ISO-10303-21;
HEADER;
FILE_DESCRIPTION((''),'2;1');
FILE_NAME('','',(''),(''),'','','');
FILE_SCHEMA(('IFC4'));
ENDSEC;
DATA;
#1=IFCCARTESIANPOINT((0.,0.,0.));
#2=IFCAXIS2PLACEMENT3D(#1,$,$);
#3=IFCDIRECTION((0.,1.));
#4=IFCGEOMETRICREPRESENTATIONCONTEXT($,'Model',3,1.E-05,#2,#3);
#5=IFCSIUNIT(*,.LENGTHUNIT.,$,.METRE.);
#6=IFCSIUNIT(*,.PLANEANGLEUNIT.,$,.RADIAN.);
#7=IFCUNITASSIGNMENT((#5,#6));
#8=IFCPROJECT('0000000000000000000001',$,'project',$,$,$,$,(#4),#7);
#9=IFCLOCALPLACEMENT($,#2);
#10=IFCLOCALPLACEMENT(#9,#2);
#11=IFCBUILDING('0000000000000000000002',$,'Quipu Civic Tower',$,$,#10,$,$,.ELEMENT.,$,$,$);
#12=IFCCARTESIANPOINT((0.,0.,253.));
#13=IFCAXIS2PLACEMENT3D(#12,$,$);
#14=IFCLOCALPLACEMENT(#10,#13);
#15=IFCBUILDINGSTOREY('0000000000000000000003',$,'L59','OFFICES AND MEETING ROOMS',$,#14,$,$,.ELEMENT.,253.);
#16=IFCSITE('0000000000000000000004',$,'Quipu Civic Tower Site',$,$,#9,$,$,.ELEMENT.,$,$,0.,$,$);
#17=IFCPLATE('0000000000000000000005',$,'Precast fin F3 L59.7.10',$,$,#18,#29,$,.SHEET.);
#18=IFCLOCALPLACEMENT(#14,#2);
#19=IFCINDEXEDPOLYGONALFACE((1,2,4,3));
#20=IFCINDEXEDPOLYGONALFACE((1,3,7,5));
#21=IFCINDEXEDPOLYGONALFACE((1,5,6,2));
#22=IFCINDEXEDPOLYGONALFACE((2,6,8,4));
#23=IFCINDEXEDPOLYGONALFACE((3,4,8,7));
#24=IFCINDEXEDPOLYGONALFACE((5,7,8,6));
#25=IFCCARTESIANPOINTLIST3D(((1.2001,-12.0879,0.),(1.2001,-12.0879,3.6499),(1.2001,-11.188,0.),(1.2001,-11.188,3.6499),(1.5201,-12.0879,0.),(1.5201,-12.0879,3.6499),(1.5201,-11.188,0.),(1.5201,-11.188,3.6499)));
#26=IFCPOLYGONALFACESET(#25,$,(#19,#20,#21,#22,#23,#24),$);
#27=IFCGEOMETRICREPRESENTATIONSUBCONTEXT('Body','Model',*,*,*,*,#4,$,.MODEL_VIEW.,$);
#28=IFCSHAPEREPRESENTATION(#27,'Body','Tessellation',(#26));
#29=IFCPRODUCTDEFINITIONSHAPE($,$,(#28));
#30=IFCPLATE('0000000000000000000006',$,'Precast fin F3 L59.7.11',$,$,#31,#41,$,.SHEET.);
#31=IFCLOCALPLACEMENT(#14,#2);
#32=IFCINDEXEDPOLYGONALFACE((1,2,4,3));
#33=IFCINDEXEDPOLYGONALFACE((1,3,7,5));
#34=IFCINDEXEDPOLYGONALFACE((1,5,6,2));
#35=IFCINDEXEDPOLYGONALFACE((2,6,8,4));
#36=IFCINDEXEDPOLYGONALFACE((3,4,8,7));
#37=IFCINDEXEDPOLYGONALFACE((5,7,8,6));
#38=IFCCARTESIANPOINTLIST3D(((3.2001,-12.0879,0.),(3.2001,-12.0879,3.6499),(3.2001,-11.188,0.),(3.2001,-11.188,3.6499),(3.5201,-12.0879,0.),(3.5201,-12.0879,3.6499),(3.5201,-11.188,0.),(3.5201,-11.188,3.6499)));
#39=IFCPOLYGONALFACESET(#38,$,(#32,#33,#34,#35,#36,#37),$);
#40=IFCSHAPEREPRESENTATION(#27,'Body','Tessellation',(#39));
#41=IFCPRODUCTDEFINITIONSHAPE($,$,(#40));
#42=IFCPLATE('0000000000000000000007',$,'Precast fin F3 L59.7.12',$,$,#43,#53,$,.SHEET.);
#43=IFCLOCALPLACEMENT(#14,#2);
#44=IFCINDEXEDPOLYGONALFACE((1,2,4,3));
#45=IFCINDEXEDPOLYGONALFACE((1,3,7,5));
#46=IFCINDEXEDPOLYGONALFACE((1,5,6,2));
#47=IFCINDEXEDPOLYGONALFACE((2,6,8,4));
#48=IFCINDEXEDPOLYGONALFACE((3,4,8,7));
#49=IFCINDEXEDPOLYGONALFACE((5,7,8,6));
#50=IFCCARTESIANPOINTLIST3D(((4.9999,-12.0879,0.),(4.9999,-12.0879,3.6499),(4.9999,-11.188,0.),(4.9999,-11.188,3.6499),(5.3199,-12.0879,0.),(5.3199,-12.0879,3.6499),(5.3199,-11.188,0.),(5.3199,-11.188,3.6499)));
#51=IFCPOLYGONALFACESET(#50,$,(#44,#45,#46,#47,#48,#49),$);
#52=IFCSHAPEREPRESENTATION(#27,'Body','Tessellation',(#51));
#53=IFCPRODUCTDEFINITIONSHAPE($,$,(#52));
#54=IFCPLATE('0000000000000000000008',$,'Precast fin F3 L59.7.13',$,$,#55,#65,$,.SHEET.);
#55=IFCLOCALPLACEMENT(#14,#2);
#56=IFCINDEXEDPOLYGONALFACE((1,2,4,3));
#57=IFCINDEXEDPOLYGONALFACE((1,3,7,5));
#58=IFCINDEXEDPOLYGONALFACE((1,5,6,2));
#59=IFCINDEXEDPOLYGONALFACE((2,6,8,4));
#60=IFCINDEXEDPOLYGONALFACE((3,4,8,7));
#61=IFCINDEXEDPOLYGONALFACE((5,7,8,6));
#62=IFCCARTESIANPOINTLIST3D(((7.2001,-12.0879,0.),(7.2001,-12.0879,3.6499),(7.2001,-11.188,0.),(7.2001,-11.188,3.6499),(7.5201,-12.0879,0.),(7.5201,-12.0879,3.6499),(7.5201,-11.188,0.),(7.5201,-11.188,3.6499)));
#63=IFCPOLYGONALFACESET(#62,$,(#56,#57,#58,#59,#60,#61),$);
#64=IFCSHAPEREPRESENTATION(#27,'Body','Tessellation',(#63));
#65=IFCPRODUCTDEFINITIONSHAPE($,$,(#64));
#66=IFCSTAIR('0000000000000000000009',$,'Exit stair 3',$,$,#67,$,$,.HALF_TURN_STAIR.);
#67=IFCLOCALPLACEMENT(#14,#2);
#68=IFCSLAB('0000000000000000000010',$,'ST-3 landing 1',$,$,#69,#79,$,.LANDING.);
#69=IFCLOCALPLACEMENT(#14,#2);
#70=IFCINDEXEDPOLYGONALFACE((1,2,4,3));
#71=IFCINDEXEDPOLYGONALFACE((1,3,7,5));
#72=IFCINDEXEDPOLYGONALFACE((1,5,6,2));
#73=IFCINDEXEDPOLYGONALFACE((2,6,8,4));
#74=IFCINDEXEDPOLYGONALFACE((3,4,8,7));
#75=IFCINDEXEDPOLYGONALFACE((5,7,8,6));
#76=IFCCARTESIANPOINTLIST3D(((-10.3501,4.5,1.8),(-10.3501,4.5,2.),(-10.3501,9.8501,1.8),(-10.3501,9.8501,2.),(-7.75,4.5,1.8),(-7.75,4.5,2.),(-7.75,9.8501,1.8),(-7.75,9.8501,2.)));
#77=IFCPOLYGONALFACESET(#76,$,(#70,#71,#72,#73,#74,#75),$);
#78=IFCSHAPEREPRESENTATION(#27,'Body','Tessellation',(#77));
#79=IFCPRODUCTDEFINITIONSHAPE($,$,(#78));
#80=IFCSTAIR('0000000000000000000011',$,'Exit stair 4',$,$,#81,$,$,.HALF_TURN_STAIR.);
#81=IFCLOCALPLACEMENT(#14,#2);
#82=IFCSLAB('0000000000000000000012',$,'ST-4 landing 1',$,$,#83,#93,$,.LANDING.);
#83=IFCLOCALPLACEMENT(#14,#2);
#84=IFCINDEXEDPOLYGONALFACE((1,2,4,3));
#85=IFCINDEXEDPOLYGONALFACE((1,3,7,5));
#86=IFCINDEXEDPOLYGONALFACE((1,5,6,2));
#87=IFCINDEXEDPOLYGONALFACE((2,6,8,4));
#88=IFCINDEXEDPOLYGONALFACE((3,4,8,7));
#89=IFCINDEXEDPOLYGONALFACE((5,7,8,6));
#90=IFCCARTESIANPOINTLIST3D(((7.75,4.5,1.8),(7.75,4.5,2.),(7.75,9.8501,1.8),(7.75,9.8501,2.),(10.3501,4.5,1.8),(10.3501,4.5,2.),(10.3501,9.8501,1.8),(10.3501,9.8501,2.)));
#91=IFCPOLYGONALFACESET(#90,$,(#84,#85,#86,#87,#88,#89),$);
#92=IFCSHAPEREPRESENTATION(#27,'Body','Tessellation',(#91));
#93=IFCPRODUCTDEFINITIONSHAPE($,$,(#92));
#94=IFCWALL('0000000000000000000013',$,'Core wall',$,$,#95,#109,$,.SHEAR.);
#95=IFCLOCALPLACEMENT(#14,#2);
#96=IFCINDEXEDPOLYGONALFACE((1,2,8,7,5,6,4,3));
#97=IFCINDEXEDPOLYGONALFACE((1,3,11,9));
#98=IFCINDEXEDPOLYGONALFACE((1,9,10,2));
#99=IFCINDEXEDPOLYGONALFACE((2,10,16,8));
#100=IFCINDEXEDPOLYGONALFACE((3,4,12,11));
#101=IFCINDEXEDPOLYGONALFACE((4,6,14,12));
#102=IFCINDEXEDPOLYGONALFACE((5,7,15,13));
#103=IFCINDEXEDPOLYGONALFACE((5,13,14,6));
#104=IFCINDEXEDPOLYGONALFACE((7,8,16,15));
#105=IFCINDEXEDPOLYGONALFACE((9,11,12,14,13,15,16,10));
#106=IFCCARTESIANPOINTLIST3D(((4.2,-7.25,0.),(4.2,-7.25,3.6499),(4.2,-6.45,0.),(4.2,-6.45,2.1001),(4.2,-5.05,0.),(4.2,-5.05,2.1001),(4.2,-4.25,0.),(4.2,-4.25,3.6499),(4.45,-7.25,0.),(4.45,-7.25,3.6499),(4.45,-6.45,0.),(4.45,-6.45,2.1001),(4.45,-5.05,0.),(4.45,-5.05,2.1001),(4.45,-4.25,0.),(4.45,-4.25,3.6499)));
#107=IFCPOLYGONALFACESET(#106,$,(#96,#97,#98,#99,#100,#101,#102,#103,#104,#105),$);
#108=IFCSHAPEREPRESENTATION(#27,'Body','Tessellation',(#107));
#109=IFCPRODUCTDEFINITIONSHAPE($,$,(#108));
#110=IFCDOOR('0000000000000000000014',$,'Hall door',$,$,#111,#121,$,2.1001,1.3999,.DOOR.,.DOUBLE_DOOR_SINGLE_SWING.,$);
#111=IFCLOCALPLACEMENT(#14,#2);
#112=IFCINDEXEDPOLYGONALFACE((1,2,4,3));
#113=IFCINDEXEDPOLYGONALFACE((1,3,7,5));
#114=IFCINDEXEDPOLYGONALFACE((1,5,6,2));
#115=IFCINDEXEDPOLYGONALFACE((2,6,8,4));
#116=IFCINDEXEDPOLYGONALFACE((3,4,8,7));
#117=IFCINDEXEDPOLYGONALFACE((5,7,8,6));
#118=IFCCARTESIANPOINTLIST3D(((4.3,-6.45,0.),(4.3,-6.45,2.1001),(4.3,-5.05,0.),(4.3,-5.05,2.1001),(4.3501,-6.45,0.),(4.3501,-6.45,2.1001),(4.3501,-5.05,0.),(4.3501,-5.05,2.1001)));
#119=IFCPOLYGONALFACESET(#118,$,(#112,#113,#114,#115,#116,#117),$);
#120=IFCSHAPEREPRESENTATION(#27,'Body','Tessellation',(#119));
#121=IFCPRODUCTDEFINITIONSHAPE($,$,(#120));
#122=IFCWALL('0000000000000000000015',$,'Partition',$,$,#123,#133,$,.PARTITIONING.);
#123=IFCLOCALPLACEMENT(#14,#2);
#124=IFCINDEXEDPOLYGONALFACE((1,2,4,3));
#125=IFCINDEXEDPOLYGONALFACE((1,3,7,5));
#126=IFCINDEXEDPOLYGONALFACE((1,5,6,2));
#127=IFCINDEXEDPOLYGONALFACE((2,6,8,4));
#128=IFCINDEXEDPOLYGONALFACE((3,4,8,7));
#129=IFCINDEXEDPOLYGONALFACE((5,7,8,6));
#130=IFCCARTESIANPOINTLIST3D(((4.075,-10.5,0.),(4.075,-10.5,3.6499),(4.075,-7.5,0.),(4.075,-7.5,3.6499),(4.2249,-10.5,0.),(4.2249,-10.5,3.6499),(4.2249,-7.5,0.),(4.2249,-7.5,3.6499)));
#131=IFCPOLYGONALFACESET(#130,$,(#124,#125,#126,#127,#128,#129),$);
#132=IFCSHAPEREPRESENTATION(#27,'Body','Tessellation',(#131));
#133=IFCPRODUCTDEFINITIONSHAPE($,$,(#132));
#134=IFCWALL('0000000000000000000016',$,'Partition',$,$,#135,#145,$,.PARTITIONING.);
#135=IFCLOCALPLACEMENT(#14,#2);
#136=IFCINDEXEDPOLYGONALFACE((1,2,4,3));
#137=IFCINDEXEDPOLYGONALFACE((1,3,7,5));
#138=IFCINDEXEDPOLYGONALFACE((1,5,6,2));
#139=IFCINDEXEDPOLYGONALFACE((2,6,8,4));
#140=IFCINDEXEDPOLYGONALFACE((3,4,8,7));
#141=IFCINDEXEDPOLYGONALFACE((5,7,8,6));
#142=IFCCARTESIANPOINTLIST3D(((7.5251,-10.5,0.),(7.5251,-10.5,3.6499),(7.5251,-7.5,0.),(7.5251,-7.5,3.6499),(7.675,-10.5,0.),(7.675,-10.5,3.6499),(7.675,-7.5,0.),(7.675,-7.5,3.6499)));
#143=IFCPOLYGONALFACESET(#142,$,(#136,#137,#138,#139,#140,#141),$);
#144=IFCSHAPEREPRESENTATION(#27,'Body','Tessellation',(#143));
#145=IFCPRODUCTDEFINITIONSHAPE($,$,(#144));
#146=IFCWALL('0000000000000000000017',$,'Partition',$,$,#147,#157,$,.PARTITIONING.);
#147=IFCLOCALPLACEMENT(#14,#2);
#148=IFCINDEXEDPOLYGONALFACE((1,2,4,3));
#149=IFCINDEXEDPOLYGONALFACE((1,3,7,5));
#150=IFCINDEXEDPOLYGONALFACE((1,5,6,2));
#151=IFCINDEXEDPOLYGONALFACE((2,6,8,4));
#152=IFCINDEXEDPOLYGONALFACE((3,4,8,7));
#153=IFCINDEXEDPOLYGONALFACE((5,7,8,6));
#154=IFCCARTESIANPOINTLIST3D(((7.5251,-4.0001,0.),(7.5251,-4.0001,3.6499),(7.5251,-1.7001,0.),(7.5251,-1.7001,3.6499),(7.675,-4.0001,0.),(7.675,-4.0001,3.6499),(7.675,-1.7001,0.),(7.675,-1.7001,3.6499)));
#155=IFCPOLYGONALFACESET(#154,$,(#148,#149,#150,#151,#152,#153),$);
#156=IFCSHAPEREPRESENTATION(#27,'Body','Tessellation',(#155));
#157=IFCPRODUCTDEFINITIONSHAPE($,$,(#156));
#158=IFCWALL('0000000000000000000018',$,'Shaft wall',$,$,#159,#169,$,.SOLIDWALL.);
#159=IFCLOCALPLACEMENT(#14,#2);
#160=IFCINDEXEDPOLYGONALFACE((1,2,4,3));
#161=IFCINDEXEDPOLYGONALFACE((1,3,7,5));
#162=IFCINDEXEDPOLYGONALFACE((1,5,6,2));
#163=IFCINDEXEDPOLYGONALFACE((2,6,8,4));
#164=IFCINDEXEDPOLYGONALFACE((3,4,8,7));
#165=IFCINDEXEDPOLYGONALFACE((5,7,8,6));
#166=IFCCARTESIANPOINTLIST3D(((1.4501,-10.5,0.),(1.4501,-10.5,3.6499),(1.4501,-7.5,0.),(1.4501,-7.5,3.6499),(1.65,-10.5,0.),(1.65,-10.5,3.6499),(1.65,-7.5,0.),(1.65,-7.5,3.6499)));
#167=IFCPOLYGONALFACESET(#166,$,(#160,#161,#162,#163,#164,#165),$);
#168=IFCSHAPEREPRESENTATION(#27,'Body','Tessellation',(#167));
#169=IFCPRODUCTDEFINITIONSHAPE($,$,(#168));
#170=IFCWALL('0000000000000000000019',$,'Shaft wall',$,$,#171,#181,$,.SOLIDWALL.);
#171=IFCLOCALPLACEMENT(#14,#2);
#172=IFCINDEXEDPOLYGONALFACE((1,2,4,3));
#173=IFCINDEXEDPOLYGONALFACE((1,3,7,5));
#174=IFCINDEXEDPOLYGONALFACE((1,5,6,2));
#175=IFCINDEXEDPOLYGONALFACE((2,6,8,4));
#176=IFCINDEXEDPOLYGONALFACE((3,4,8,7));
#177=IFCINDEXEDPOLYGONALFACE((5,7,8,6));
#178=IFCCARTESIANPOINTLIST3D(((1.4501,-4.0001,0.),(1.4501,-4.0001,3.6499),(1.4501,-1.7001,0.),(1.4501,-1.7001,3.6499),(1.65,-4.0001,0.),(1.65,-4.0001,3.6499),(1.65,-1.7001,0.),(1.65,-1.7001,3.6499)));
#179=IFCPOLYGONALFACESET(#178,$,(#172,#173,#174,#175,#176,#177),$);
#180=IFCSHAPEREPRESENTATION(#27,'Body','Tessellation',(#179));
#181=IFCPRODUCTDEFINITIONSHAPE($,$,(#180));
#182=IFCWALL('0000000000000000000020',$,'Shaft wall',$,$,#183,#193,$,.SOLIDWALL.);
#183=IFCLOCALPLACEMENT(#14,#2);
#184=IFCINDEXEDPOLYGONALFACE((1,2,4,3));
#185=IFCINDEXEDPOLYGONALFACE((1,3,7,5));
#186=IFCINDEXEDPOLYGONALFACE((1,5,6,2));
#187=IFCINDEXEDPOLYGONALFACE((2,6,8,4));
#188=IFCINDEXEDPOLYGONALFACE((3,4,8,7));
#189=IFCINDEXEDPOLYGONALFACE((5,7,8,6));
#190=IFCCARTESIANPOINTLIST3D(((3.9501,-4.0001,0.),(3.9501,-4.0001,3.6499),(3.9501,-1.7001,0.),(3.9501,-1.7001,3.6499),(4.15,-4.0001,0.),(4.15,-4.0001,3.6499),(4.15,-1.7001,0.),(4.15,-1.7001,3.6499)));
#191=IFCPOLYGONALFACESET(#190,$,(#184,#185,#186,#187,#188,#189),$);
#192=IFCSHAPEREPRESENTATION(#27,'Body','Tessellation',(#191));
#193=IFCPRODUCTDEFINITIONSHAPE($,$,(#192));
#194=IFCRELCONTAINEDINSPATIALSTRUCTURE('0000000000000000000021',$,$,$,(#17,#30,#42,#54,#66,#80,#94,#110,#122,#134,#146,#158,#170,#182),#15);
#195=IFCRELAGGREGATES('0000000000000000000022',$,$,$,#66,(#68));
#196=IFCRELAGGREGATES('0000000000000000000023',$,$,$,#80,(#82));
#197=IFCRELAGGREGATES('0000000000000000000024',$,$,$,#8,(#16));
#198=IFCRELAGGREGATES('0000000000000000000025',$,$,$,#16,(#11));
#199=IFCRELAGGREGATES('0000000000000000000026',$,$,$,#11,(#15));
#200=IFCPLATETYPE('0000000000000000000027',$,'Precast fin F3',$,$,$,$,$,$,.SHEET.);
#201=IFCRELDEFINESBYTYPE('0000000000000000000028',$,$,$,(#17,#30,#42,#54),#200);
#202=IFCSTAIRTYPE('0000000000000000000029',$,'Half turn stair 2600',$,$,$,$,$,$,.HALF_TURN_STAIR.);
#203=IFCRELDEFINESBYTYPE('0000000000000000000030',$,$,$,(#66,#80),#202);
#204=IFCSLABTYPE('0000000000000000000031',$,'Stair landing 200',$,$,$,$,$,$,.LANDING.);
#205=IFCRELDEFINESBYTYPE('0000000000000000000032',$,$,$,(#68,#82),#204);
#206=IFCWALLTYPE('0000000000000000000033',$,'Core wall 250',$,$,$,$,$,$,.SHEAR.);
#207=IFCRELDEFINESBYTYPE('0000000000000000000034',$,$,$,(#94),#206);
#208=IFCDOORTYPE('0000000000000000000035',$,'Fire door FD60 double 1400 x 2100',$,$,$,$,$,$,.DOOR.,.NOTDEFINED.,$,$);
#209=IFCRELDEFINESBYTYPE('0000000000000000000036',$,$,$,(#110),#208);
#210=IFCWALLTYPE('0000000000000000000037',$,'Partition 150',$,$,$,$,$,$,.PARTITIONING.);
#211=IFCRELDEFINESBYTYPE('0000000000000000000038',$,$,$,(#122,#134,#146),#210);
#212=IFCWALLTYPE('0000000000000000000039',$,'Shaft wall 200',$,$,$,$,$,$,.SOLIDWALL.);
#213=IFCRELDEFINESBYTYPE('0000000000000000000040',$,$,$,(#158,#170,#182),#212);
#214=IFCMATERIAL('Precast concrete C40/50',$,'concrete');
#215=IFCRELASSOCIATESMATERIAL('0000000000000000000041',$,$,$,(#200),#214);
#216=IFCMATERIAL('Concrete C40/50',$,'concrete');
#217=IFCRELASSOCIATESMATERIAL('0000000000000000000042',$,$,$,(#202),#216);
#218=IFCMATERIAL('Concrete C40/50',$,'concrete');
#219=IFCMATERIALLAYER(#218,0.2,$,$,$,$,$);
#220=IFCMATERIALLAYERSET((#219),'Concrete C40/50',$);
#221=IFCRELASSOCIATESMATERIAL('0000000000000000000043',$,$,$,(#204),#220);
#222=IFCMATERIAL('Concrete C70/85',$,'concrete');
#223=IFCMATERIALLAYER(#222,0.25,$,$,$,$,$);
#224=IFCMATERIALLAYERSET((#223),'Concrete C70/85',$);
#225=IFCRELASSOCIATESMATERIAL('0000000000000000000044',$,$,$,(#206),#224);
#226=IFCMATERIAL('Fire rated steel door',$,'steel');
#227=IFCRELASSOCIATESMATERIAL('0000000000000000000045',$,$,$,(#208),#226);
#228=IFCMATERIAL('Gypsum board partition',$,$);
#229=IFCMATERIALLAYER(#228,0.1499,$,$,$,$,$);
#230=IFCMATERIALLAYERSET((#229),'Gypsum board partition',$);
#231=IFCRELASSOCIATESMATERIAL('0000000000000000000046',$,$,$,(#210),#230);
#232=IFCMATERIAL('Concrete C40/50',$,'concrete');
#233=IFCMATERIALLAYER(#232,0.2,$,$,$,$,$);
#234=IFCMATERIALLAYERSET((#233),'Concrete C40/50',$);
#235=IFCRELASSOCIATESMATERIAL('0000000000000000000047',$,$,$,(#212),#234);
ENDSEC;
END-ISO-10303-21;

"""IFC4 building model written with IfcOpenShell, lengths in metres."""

from ifc_helpers import new_model, si_unit, direction, frame, frame_2d, origin, origin_2d, place, context, subcontext, project, spatial, polyline, rectangle, outline, extrude, material, layer, layer_set, type_object, element, fill, aggregate, save


model = new_model("IFC4")

# Units and contexts
model_context = context("Model", 3, precision=1e-05, world=origin(), true_north=direction((0.0, 1.0)))
body_context = subcontext(model_context, "Body", "Model", "MODEL_VIEW")
ifc_project = project(units=[si_unit("LENGTHUNIT", "METRE"), si_unit("PLANEANGLEUNIT", "RADIAN")], contexts=[model_context])

# Site, building, storey
site_placement = place(None, origin())
site = spatial("IfcSite", under=ifc_project, at=site_placement, Name="Quipu Civic Tower Site", CompositionType="ELEMENT", RefElevation=0.0)
building_placement = place(site_placement, origin())
building = spatial("IfcBuilding", under=site, at=building_placement, Name="Quipu Civic Tower", CompositionType="ELEMENT")
storey_placement = place(building_placement, frame((0.0, 0.0, 253.0)))
storey = spatial("IfcBuildingStorey", under=building, at=storey_placement, Name="L59", Description="OFFICES AND MEETING ROOMS", CompositionType="ELEMENT", Elevation=253.0)

# Plates
ifc_material_1 = material(Name="Precast concrete C40/50", Category="concrete")
plate_type = type_object("IfcPlateType", Name="Precast fin F3", PredefinedType="SHEET", material=ifc_material_1)
for number, where, z_axis, x_axis, name in (
    (1, (1.3601, -11.6379, 0.0), (0.0, 0.0, 1.0), (1.0, 0.0, 0.0), "Precast fin F3 L59.7.10"),
    (2, (3.3601, -11.6379, 0.0), (0.0, 0.0, 1.0), (1.0, 0.0, 0.0), "Precast fin F3 L59.7.11"),
    (3, (5.1599, -11.6379, 0.0), (0.0, 0.0, 1.0), (1.0, 0.0, 0.0), "Precast fin F3 L59.7.12"),
    (4, (7.3601, -11.6379, 0.0), (0.0, 0.0, 1.0), (1.0, 0.0, 0.0), "Precast fin F3 L59.7.13"),
):
    element("IfcPlate", number, at=place(storey_placement, frame(where, z_axis=z_axis, x_axis=x_axis)), inside=storey, type_object=plate_type, Name=name, PredefinedType="SHEET", context=body_context, shape_type="SweptSolid", body=[
        extrude(rectangle(XDim=0.3201, YDim=0.8999, at=origin_2d()), origin(), (0.0, 0.0, 1.0), 3.6499),
    ])

# Stairs, slabs
ifc_material_2 = material(Name="Concrete C40/50", Category="concrete")
stair_type = type_object("IfcStairType", Name="Half turn stair 2600", PredefinedType="HALF_TURN_STAIR", material=ifc_material_2)
stair_1_placement = place(storey_placement, origin())
stair_1 = element("IfcStair", 5, at=stair_1_placement, inside=storey, type_object=stair_type, Name="Exit stair 3", PredefinedType="HALF_TURN_STAIR")
ifc_material_3 = material(Name="Concrete C40/50", Category="concrete")
ifc_layer_1 = layer(ifc_material_3, 0.2)
ifc_layer_set_1 = layer_set([ifc_layer_1], Name="Concrete C40/50")
slab_type = type_object("IfcSlabType", Name="Stair landing 200", PredefinedType="LANDING", material=ifc_layer_set_1)
slab_1_placement = place(storey_placement, frame((0.0, 0.0, 1.8)))
slab_1 = element("IfcSlab", 6, at=slab_1_placement, type_object=slab_type, Name="ST-3 landing 1", PredefinedType="LANDING", context=body_context, shape_type="SweptSolid", body=[
    extrude(outline(polyline([(-10.3501, 4.5), (-7.75, 4.5), (-7.75, 9.8501), (-10.3501, 9.8501), (-10.3501, 4.5)])), origin(), (0.0, 0.0, 1.0), 0.2),
])
aggregate(stair_1, [slab_1])
stair_2_placement = place(storey_placement, origin())
stair_2 = element("IfcStair", 7, at=stair_2_placement, inside=storey, type_object=stair_type, Name="Exit stair 4", PredefinedType="HALF_TURN_STAIR")
slab_2_placement = place(storey_placement, frame((0.0, 0.0, 1.8)))
slab_2 = element("IfcSlab", 8, at=slab_2_placement, type_object=slab_type, Name="ST-4 landing 1", PredefinedType="LANDING", context=body_context, shape_type="SweptSolid", body=[
    extrude(outline(polyline([(10.3501, 9.8501), (7.75, 9.8501), (7.75, 4.5), (10.3501, 4.5), (10.3501, 9.8501)])), origin(), (0.0, 0.0, 1.0), 0.2),
])
aggregate(stair_2, [slab_2])

# Wall, opening, door
ifc_material_4 = material(Name="Concrete C70/85", Category="concrete")
ifc_layer_2 = layer(ifc_material_4, 0.25)
ifc_layer_set_2 = layer_set([ifc_layer_2], Name="Concrete C70/85")
wall_type_1 = type_object("IfcWallType", Name="Core wall 250", PredefinedType="SHEAR", material=ifc_layer_set_2)
wall_1_placement = place(storey_placement, frame((4.325, -7.25, 0.0), z_axis=(0.0, 0.0, 1.0), x_axis=(0.0, 1.0, 0.0)))
wall_1 = element("IfcWall", 9, at=wall_1_placement, inside=storey, type_object=wall_type_1, Name="Core wall", PredefinedType="SHEAR", context=body_context, shape_type="SweptSolid", body=[
    extrude(rectangle(XDim=3.0, YDim=0.25, at=frame_2d((1.5, 0.0))), origin(), (0.0, 0.0, 1.0), 3.6499),
])
opening_placement = place(wall_1_placement, frame((0.8, 0.0, 0.0)))
opening = element("IfcOpeningElement", 10, at=opening_placement, cuts=wall_1, PredefinedType="OPENING", context=body_context, shape_type="SweptSolid", body=[
    extrude(rectangle(XDim=1.3999, YDim=2.1001, at=frame_2d((0.7, 1.05))), frame((0.0, 0.135, 0.0), z_axis=(0.0, -1.0, 0.0), x_axis=(1.0, 0.0, 0.0)), (0.0, 0.0, 1.0), 0.27),
])
ifc_material_5 = material(Name="Fire rated steel door", Category="steel")
door_type = type_object("IfcDoorType", Name="Fire door FD60 double 1400 x 2100", OperationType="NOTDEFINED", PredefinedType="DOOR", material=ifc_material_5)
door_placement = place(opening_placement, origin())
door = element("IfcDoor", 11, at=door_placement, inside=storey, type_object=door_type, Name="Hall door", OperationType="DOUBLE_DOOR_SINGLE_SWING", OverallHeight=2.1001, OverallWidth=1.3999, PredefinedType="DOOR", context=body_context, shape_type="SweptSolid", body=[
    extrude(rectangle(XDim=1.3999, YDim=2.1001, at=frame_2d((0.7, 1.05))), frame((0.0, 0.0249, 0.0), z_axis=(0.0, -1.0, 0.0), x_axis=(1.0, 0.0, 0.0)), (0.0, 0.0, 1.0), 0.05),
])
fill(opening, door)

# Walls
ifc_material_6 = material(Name="Gypsum board partition")
ifc_layer_3 = layer(ifc_material_6, 0.1499)
ifc_layer_set_3 = layer_set([ifc_layer_3], Name="Gypsum board partition")
wall_type_2 = type_object("IfcWallType", Name="Partition 150", PredefinedType="PARTITIONING", material=ifc_layer_set_3)
for number, where, z_axis, x_axis, name in (
    (12, (4.1499, -10.5, 0.0), (0.0, 0.0, 1.0), (0.0, 1.0, 0.0), "Partition"),
    (13, (7.6001, -10.5, 0.0), (0.0, 0.0, 1.0), (0.0, 1.0, 0.0), "Partition"),
):
    element("IfcWall", number, at=place(storey_placement, frame(where, z_axis=z_axis, x_axis=x_axis)), inside=storey, type_object=wall_type_2, Name=name, PredefinedType="PARTITIONING", context=body_context, shape_type="SweptSolid", body=[
        extrude(rectangle(XDim=3.0, YDim=0.1499, at=frame_2d((1.5, 0.0))), origin(), (0.0, 0.0, 1.0), 3.6499),
    ])
wall_2_placement = place(storey_placement, frame((7.6001, -4.0, 0.0), z_axis=(0.0, 0.0, 1.0), x_axis=(0.0, 1.0, 0.0)))
element("IfcWall", 14, at=wall_2_placement, inside=storey, type_object=wall_type_2, Name="Partition", PredefinedType="PARTITIONING", context=body_context, shape_type="SweptSolid", body=[
    extrude(rectangle(XDim=2.3, YDim=0.1499, at=frame_2d((1.1499, 0.0))), origin(), (0.0, 0.0, 1.0), 3.6499),
])
ifc_material_7 = material(Name="Concrete C40/50", Category="concrete")
ifc_layer_4 = layer(ifc_material_7, 0.2)
ifc_layer_set_4 = layer_set([ifc_layer_4], Name="Concrete C40/50")
wall_type_3 = type_object("IfcWallType", Name="Shaft wall 200", PredefinedType="SOLIDWALL", material=ifc_layer_set_4)
wall_3_placement = place(storey_placement, frame((1.55, -10.5, 0.0), z_axis=(0.0, 0.0, 1.0), x_axis=(0.0, 1.0, 0.0)))
element("IfcWall", 15, at=wall_3_placement, inside=storey, type_object=wall_type_3, Name="Shaft wall", PredefinedType="SOLIDWALL", context=body_context, shape_type="SweptSolid", body=[
    extrude(rectangle(XDim=3.0, YDim=0.2, at=frame_2d((1.5, 0.0))), origin(), (0.0, 0.0, 1.0), 3.6499),
])
for number, where, z_axis, x_axis, name in (
    (16, (1.55, -4.0, 0.0), (0.0, 0.0, 1.0), (0.0, 1.0, 0.0), "Shaft wall"),
    (17, (4.05, -4.0, 0.0), (0.0, 0.0, 1.0), (0.0, 1.0, 0.0), "Shaft wall"),
):
    element("IfcWall", number, at=place(storey_placement, frame(where, z_axis=z_axis, x_axis=x_axis)), inside=storey, type_object=wall_type_3, Name=name, PredefinedType="SOLIDWALL", context=body_context, shape_type="SweptSolid", body=[
        extrude(rectangle(XDim=2.3, YDim=0.2, at=frame_2d((1.1499, 0.0))), origin(), (0.0, 0.0, 1.0), 3.6499),
    ])

save(model, "model.ifc")
